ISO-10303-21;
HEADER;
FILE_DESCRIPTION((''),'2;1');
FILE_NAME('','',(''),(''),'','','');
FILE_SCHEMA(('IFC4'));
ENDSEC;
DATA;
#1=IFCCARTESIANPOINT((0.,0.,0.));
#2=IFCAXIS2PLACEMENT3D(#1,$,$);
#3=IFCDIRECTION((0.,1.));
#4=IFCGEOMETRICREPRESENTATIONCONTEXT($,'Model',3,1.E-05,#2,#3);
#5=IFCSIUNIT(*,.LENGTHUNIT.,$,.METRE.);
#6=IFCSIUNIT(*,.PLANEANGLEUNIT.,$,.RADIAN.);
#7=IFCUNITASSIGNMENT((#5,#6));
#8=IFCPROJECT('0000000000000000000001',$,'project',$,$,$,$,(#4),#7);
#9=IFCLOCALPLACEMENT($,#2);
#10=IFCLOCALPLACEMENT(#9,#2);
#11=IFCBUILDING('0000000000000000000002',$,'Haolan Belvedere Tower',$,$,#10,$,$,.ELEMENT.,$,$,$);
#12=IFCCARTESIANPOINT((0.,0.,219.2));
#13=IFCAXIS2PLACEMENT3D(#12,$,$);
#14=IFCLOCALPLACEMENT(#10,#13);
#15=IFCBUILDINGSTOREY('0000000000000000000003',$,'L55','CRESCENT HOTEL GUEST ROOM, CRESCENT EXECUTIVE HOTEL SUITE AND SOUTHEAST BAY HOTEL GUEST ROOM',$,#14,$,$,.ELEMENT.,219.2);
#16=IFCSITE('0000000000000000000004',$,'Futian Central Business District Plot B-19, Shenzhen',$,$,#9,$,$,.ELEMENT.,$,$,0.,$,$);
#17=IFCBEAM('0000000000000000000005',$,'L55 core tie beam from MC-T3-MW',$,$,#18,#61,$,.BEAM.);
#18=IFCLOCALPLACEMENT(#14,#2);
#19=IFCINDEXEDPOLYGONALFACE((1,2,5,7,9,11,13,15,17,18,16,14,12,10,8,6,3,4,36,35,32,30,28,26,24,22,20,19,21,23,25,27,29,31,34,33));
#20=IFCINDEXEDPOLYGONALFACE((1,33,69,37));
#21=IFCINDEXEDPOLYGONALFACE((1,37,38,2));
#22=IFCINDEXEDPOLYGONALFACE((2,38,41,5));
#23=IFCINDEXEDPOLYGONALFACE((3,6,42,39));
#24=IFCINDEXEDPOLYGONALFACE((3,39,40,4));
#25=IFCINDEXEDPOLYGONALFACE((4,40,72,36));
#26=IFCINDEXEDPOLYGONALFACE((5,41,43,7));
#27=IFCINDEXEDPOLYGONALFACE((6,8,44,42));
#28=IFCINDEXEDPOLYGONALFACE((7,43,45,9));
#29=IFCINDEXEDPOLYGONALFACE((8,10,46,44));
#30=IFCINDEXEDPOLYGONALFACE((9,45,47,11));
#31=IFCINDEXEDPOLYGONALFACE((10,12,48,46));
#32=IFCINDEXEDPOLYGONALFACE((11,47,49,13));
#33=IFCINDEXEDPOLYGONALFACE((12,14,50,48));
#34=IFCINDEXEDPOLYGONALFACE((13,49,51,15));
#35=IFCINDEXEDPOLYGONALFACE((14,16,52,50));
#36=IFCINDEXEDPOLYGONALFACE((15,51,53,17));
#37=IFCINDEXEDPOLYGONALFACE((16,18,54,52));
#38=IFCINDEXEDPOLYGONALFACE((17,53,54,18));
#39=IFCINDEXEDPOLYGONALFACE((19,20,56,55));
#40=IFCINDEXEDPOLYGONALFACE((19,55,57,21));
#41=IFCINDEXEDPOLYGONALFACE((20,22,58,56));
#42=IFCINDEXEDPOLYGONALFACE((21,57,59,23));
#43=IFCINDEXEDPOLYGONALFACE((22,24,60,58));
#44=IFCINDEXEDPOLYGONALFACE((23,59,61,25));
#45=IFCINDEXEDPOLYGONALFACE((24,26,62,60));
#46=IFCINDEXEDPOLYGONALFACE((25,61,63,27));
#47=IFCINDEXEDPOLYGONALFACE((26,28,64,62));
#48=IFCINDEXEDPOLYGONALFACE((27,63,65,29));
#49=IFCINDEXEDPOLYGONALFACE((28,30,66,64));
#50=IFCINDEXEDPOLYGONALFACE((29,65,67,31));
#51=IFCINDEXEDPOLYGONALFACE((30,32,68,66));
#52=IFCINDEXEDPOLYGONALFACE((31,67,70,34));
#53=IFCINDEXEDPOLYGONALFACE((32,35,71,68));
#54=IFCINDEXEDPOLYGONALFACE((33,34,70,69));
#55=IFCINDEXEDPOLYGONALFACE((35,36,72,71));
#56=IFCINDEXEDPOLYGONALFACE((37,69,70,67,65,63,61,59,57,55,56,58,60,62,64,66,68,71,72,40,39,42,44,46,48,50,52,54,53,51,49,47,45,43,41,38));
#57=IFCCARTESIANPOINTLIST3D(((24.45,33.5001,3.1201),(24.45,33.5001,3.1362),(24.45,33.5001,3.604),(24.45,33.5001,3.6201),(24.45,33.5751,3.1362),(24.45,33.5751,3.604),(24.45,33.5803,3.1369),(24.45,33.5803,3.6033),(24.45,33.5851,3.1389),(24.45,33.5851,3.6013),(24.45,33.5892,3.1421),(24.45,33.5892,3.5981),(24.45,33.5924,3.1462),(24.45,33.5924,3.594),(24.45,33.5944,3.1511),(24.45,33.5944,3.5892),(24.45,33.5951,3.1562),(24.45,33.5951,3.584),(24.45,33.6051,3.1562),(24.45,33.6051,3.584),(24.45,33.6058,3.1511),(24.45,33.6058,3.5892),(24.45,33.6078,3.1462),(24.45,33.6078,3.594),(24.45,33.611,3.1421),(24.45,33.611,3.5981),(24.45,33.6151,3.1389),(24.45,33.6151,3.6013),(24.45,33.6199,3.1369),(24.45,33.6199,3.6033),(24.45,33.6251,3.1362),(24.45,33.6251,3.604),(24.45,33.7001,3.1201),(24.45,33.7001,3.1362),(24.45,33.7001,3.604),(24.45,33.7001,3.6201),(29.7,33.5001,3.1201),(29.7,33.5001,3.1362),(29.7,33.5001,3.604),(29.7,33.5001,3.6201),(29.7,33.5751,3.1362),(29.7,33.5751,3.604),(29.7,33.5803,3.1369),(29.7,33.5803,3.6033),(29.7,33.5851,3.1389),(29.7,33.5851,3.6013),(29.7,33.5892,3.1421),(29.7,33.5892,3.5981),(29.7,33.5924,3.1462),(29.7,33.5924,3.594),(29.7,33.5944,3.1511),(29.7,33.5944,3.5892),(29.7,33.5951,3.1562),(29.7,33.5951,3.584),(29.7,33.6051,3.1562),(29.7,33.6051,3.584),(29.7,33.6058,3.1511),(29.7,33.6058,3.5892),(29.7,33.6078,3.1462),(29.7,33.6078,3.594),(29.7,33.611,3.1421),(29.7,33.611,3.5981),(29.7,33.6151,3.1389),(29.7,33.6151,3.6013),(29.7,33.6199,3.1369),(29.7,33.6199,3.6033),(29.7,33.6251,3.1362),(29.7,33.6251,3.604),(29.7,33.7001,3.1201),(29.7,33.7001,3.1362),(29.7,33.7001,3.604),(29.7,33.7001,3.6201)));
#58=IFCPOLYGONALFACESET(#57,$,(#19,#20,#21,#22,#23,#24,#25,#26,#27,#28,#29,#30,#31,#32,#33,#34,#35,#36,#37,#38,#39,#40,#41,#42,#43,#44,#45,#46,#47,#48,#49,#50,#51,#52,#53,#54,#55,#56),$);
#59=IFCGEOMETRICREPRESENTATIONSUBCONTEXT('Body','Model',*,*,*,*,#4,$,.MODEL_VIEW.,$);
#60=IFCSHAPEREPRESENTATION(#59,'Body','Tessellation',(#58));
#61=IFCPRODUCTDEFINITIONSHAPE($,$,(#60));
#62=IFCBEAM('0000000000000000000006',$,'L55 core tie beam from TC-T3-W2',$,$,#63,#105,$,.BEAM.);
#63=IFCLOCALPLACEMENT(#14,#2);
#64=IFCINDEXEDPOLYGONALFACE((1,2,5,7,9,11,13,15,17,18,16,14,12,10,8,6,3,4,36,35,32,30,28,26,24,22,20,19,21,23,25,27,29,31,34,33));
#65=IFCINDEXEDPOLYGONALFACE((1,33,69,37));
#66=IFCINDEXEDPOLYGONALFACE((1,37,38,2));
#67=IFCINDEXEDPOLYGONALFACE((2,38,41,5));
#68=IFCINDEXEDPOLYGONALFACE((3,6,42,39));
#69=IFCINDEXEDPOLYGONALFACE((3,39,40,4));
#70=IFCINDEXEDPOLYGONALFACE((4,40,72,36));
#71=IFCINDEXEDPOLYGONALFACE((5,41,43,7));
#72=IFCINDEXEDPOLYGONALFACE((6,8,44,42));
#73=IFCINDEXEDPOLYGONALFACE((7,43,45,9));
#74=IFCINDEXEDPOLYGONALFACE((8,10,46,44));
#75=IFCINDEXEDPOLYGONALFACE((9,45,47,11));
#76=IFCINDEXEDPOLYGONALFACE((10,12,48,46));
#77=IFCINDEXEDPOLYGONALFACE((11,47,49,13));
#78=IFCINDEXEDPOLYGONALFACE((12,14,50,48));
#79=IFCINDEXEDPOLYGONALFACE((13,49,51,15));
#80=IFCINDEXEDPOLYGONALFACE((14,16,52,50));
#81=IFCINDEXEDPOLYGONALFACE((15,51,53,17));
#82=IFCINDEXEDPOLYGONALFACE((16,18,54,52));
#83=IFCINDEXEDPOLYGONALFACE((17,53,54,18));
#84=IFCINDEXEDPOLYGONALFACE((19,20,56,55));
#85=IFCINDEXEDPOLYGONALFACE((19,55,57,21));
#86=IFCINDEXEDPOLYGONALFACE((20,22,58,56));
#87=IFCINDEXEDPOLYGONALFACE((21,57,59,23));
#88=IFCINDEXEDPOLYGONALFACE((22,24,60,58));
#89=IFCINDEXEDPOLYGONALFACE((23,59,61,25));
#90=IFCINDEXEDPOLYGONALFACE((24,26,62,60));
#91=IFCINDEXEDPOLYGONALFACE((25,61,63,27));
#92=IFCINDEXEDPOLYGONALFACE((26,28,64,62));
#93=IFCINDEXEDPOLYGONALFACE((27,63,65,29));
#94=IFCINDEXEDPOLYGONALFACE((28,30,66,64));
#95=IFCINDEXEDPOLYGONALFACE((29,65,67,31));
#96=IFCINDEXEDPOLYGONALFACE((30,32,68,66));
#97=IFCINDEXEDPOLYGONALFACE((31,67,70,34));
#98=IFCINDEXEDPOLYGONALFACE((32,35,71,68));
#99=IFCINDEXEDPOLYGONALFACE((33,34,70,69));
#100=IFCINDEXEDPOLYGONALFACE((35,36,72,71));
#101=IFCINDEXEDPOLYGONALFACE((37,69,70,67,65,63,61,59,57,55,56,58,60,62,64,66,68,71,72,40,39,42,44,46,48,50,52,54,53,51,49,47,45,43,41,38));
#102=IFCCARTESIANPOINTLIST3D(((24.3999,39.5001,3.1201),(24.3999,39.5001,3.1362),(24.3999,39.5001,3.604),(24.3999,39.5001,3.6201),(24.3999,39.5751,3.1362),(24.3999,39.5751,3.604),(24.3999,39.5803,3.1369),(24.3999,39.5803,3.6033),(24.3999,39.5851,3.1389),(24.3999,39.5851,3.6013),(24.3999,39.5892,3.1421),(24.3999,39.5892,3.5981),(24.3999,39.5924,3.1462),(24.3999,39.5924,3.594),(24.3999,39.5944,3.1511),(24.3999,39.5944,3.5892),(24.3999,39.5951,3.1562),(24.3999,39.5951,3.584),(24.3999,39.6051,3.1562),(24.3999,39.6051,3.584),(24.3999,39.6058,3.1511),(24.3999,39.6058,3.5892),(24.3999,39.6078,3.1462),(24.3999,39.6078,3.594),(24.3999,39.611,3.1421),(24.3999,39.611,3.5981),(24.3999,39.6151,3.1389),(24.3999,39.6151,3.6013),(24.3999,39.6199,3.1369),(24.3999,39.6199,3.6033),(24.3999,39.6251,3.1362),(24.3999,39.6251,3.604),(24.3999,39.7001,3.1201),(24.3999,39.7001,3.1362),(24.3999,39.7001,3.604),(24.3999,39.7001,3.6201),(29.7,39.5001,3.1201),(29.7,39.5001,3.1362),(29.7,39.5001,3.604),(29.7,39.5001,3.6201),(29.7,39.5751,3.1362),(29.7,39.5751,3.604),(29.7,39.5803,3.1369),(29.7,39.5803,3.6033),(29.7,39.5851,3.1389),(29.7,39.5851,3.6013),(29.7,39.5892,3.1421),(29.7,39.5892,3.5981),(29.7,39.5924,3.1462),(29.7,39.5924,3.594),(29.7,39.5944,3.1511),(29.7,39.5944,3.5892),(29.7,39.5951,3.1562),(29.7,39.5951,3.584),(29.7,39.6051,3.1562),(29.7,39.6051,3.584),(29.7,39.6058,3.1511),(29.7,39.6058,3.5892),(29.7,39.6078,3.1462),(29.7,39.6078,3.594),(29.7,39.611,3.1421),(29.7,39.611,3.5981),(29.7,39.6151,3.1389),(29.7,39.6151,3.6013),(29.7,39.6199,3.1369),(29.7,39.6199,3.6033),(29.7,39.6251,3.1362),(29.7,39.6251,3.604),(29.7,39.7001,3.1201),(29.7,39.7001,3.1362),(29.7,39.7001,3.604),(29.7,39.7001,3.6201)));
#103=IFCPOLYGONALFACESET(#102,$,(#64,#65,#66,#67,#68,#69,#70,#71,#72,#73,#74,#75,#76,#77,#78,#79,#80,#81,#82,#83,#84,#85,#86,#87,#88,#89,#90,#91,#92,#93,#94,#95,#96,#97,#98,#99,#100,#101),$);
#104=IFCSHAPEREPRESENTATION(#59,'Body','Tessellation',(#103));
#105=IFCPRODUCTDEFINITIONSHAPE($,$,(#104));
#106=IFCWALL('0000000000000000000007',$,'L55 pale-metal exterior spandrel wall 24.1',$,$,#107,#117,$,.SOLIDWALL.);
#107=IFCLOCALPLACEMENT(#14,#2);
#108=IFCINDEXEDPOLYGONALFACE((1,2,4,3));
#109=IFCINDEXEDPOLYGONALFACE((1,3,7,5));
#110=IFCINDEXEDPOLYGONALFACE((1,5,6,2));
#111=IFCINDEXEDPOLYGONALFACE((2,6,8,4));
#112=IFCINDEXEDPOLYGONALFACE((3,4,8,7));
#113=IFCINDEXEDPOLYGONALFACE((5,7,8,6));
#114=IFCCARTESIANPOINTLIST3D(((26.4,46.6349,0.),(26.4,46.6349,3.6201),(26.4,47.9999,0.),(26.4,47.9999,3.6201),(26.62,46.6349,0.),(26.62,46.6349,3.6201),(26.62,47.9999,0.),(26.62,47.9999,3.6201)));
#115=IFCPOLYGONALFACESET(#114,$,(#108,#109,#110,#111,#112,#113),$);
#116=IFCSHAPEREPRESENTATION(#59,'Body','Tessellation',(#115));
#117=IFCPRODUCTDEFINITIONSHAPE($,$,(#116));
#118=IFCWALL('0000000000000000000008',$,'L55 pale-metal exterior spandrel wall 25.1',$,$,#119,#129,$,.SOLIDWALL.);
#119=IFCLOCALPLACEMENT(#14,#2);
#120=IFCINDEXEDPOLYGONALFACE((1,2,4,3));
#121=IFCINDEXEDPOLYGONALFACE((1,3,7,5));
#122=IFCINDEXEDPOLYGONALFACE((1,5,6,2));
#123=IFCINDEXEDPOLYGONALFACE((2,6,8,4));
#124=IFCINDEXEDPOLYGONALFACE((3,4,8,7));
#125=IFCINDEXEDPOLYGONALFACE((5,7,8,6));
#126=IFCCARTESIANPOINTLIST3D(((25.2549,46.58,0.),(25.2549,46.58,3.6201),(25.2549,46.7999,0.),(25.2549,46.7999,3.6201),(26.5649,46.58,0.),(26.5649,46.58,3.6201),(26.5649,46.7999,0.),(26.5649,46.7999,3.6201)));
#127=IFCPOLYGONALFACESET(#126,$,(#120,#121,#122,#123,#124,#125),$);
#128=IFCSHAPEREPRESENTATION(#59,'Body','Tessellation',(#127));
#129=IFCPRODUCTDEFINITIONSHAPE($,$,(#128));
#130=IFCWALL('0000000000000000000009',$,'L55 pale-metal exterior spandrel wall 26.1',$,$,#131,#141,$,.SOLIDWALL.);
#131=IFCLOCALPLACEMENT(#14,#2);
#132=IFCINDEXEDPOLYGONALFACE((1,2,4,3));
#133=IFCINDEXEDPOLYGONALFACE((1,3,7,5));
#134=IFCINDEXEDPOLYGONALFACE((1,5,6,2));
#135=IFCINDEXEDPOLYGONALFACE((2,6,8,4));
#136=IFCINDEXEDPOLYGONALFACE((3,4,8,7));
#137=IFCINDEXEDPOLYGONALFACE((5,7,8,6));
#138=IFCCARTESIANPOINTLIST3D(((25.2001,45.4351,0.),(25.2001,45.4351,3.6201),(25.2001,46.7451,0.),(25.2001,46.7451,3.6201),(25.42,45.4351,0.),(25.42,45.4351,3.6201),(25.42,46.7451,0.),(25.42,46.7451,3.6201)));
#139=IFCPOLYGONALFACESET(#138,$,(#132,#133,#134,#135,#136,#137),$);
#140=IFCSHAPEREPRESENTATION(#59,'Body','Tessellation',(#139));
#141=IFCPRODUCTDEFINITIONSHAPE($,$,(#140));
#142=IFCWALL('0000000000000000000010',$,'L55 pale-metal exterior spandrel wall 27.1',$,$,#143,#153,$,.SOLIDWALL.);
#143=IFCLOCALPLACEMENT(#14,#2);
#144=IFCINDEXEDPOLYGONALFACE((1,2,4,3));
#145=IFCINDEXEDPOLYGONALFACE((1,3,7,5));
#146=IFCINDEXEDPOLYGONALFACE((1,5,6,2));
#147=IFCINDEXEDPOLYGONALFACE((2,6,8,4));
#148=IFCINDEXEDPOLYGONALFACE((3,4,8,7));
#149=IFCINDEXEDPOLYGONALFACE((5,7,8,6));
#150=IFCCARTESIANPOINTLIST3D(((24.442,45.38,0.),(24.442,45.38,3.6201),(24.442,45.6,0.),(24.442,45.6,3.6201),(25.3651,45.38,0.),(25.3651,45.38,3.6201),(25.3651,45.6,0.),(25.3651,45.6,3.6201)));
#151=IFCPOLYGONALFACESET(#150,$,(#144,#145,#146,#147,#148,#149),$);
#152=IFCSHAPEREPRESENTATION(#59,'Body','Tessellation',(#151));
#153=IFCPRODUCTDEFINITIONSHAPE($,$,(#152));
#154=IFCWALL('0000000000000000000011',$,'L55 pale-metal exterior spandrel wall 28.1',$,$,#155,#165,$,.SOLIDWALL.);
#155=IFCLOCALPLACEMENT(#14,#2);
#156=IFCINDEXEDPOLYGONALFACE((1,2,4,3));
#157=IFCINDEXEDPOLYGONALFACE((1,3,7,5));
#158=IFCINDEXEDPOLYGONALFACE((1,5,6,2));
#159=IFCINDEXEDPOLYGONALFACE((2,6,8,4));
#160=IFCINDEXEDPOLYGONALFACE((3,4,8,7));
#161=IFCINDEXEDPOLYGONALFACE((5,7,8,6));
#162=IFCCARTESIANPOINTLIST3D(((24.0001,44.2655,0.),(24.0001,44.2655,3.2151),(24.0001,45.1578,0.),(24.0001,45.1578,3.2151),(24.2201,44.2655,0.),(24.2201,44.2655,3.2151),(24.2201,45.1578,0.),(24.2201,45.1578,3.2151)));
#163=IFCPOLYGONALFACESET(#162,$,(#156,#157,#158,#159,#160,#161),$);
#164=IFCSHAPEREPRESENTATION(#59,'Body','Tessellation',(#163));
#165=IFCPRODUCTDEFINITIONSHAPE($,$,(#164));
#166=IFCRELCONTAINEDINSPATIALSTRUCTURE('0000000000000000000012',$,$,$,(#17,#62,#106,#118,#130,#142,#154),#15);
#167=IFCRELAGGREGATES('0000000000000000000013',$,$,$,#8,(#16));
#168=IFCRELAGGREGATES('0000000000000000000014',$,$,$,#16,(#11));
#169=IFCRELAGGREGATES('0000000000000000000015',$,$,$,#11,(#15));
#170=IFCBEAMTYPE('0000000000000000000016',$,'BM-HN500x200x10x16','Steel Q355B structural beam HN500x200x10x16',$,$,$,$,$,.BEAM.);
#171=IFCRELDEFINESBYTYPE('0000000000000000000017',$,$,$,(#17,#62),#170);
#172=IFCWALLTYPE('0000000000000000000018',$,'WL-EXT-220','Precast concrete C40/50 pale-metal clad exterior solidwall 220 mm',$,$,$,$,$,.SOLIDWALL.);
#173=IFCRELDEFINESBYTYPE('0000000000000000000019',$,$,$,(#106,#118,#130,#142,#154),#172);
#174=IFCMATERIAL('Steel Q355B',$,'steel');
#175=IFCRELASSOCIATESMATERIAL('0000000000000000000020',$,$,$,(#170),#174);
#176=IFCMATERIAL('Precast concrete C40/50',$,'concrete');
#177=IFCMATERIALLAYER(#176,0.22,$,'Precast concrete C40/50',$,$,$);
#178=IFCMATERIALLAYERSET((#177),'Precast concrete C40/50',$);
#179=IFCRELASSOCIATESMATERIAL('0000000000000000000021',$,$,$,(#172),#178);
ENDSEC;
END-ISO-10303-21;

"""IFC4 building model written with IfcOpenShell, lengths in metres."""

from ifc_helpers import new_model, si_unit, direction, frame, frame_2d, origin, origin_2d, place, context, subcontext, project, spatial, rectangle, i_section, extrude, material, layer, layer_set, material_profile, profile_set, type_object, element, save


model = new_model("IFC4")

# Units and contexts
model_context = context("Model", 3, precision=1e-05, world=origin(), true_north=direction((0.0, 1.0)))
body_context = subcontext(model_context, "Body", "Model", "MODEL_VIEW")
ifc_project = project(units=[si_unit("LENGTHUNIT", "METRE"), si_unit("PLANEANGLEUNIT", "RADIAN")], contexts=[model_context])

# Site, building, storey
site_placement = place(None, origin())
site = spatial("IfcSite", under=ifc_project, at=site_placement, Name="Futian Central Business District Plot B-19, Shenzhen", CompositionType="ELEMENT", RefElevation=0.0)
building_placement = place(site_placement, origin())
building = spatial("IfcBuilding", under=site, at=building_placement, Name="Haolan Belvedere Tower", CompositionType="ELEMENT")
storey_placement = place(building_placement, frame((0.0, 0.0, 219.2)))
storey = spatial("IfcBuildingStorey", under=building, at=storey_placement, Name="L55", Description="CRESCENT HOTEL GUEST ROOM, CRESCENT EXECUTIVE HOTEL SUITE AND SOUTHEAST BAY HOTEL GUEST ROOM", CompositionType="ELEMENT", Elevation=219.2)

# Beams
ifc_material_1 = material(Name="Steel Q355B", Category="steel")
ifc_material_profile_1 = material_profile(ifc_material_1, i_section(OverallWidth=0.2, OverallDepth=0.5, WebThickness=0.01, FlangeThickness=0.0161, FilletRadius=0.02, at=origin_2d()), Name="Steel Q355B")
ifc_profile_set_1 = profile_set([ifc_material_profile_1], Name="Steel Q355B")
beam_type_1 = type_object("IfcBeamType", Name="BM-HN500x200x10x16", Description="Steel Q355B structural beam HN500x200x10x16", PredefinedType="BEAM", material=ifc_profile_set_1)
beam_1_placement = place(storey_placement, frame((24.45, 33.6001, 3.3701), z_axis=(1.0, 0.0, 0.0), x_axis=(0.0, 1.0, 0.0)))
element("IfcBeam", 1, at=beam_1_placement, inside=storey, type_object=beam_type_1, Name="L55 core tie beam from MC-T3-MW", PredefinedType="BEAM", context=body_context, shape_type="SweptSolid", body=[
    extrude(i_section(OverallWidth=0.2, OverallDepth=0.5, WebThickness=0.01, FlangeThickness=0.0161, FilletRadius=0.02, at=origin_2d()), origin(), (0.0, 0.0, 1.0), 5.25),
])
beam_2_placement = place(storey_placement, frame((24.3999, 39.6001, 3.3701), z_axis=(1.0, 0.0, 0.0), x_axis=(0.0, 1.0, 0.0)))
element("IfcBeam", 2, at=beam_2_placement, inside=storey, type_object=beam_type_1, Name="L55 core tie beam from TC-T3-W2", PredefinedType="BEAM", context=body_context, shape_type="SweptSolid", body=[
    extrude(i_section(OverallWidth=0.2, OverallDepth=0.5, WebThickness=0.01, FlangeThickness=0.0161, FilletRadius=0.02, at=origin_2d()), origin(), (0.0, 0.0, 1.0), 5.3),
])

# Walls
ifc_material_2 = material(Name="Precast concrete C40/50", Category="concrete")
ifc_layer_1 = layer(ifc_material_2, 0.22, Name="Precast concrete C40/50")
ifc_layer_set_1 = layer_set([ifc_layer_1], Name="Precast concrete C40/50")
wall_type_1 = type_object("IfcWallType", Name="WL-EXT-220", Description="Precast concrete C40/50 pale-metal clad exterior solidwall 220 mm", PredefinedType="SOLIDWALL", material=ifc_layer_set_1)
wall_1_placement = place(storey_placement, frame((26.51, 48.0, 0.0), z_axis=(0.0, 0.0, 1.0), x_axis=(0.0, -1.0, 0.0)))
element("IfcWall", 3, at=wall_1_placement, inside=storey, type_object=wall_type_1, Name="L55 pale-metal exterior spandrel wall 24.1", PredefinedType="SOLIDWALL", context=body_context, shape_type="SweptSolid", body=[
    extrude(rectangle(XDim=1.365, YDim=0.22, at=frame_2d((0.6826, 0.0))), origin(), (0.0, 0.0, 1.0), 3.6201),
])
for number, where, z_axis, x_axis, name in (
    (4, (26.5649, 46.6899, 0.0), (0.0, 0.0, 1.0), (-1.0, 0.0, 0.0), "L55 pale-metal exterior spandrel wall 25.1"),
    (5, (25.3101, 46.7451, 0.0), (0.0, 0.0, 1.0), (0.0, -1.0, 0.0), "L55 pale-metal exterior spandrel wall 26.1"),
):
    element("IfcWall", number, at=place(storey_placement, frame(where, z_axis=z_axis, x_axis=x_axis)), inside=storey, type_object=wall_type_1, Name=name, PredefinedType="SOLIDWALL", context=body_context, shape_type="SweptSolid", body=[
        extrude(rectangle(XDim=1.3101, YDim=0.22, at=frame_2d((0.655, 0.0))), origin(), (0.0, 0.0, 1.0), 3.6201),
    ])
wall_2_placement = place(storey_placement, frame((25.365, 45.49, 0.0), z_axis=(0.0, 0.0, 1.0), x_axis=(-1.0, 0.0, 0.0)))
element("IfcWall", 6, at=wall_2_placement, inside=storey, type_object=wall_type_1, Name="L55 pale-metal exterior spandrel wall 27.1", PredefinedType="SOLIDWALL", context=body_context, shape_type="SweptSolid", body=[
    extrude(rectangle(XDim=0.9231, YDim=0.22, at=frame_2d((0.4614, 0.0))), origin(), (0.0, 0.0, 1.0), 3.6201),
])
wall_3_placement = place(storey_placement, frame((24.1101, 45.158, 0.0), z_axis=(0.0, 0.0, 1.0), x_axis=(0.0, -1.0, 0.0)))
element("IfcWall", 7, at=wall_3_placement, inside=storey, type_object=wall_type_1, Name="L55 pale-metal exterior spandrel wall 28.1", PredefinedType="SOLIDWALL", context=body_context, shape_type="SweptSolid", body=[
    extrude(rectangle(XDim=0.8923, YDim=0.22, at=frame_2d((0.4463, 0.0))), origin(), (0.0, 0.0, 1.0), 3.2151),
])

save(model, "model.ifc")
